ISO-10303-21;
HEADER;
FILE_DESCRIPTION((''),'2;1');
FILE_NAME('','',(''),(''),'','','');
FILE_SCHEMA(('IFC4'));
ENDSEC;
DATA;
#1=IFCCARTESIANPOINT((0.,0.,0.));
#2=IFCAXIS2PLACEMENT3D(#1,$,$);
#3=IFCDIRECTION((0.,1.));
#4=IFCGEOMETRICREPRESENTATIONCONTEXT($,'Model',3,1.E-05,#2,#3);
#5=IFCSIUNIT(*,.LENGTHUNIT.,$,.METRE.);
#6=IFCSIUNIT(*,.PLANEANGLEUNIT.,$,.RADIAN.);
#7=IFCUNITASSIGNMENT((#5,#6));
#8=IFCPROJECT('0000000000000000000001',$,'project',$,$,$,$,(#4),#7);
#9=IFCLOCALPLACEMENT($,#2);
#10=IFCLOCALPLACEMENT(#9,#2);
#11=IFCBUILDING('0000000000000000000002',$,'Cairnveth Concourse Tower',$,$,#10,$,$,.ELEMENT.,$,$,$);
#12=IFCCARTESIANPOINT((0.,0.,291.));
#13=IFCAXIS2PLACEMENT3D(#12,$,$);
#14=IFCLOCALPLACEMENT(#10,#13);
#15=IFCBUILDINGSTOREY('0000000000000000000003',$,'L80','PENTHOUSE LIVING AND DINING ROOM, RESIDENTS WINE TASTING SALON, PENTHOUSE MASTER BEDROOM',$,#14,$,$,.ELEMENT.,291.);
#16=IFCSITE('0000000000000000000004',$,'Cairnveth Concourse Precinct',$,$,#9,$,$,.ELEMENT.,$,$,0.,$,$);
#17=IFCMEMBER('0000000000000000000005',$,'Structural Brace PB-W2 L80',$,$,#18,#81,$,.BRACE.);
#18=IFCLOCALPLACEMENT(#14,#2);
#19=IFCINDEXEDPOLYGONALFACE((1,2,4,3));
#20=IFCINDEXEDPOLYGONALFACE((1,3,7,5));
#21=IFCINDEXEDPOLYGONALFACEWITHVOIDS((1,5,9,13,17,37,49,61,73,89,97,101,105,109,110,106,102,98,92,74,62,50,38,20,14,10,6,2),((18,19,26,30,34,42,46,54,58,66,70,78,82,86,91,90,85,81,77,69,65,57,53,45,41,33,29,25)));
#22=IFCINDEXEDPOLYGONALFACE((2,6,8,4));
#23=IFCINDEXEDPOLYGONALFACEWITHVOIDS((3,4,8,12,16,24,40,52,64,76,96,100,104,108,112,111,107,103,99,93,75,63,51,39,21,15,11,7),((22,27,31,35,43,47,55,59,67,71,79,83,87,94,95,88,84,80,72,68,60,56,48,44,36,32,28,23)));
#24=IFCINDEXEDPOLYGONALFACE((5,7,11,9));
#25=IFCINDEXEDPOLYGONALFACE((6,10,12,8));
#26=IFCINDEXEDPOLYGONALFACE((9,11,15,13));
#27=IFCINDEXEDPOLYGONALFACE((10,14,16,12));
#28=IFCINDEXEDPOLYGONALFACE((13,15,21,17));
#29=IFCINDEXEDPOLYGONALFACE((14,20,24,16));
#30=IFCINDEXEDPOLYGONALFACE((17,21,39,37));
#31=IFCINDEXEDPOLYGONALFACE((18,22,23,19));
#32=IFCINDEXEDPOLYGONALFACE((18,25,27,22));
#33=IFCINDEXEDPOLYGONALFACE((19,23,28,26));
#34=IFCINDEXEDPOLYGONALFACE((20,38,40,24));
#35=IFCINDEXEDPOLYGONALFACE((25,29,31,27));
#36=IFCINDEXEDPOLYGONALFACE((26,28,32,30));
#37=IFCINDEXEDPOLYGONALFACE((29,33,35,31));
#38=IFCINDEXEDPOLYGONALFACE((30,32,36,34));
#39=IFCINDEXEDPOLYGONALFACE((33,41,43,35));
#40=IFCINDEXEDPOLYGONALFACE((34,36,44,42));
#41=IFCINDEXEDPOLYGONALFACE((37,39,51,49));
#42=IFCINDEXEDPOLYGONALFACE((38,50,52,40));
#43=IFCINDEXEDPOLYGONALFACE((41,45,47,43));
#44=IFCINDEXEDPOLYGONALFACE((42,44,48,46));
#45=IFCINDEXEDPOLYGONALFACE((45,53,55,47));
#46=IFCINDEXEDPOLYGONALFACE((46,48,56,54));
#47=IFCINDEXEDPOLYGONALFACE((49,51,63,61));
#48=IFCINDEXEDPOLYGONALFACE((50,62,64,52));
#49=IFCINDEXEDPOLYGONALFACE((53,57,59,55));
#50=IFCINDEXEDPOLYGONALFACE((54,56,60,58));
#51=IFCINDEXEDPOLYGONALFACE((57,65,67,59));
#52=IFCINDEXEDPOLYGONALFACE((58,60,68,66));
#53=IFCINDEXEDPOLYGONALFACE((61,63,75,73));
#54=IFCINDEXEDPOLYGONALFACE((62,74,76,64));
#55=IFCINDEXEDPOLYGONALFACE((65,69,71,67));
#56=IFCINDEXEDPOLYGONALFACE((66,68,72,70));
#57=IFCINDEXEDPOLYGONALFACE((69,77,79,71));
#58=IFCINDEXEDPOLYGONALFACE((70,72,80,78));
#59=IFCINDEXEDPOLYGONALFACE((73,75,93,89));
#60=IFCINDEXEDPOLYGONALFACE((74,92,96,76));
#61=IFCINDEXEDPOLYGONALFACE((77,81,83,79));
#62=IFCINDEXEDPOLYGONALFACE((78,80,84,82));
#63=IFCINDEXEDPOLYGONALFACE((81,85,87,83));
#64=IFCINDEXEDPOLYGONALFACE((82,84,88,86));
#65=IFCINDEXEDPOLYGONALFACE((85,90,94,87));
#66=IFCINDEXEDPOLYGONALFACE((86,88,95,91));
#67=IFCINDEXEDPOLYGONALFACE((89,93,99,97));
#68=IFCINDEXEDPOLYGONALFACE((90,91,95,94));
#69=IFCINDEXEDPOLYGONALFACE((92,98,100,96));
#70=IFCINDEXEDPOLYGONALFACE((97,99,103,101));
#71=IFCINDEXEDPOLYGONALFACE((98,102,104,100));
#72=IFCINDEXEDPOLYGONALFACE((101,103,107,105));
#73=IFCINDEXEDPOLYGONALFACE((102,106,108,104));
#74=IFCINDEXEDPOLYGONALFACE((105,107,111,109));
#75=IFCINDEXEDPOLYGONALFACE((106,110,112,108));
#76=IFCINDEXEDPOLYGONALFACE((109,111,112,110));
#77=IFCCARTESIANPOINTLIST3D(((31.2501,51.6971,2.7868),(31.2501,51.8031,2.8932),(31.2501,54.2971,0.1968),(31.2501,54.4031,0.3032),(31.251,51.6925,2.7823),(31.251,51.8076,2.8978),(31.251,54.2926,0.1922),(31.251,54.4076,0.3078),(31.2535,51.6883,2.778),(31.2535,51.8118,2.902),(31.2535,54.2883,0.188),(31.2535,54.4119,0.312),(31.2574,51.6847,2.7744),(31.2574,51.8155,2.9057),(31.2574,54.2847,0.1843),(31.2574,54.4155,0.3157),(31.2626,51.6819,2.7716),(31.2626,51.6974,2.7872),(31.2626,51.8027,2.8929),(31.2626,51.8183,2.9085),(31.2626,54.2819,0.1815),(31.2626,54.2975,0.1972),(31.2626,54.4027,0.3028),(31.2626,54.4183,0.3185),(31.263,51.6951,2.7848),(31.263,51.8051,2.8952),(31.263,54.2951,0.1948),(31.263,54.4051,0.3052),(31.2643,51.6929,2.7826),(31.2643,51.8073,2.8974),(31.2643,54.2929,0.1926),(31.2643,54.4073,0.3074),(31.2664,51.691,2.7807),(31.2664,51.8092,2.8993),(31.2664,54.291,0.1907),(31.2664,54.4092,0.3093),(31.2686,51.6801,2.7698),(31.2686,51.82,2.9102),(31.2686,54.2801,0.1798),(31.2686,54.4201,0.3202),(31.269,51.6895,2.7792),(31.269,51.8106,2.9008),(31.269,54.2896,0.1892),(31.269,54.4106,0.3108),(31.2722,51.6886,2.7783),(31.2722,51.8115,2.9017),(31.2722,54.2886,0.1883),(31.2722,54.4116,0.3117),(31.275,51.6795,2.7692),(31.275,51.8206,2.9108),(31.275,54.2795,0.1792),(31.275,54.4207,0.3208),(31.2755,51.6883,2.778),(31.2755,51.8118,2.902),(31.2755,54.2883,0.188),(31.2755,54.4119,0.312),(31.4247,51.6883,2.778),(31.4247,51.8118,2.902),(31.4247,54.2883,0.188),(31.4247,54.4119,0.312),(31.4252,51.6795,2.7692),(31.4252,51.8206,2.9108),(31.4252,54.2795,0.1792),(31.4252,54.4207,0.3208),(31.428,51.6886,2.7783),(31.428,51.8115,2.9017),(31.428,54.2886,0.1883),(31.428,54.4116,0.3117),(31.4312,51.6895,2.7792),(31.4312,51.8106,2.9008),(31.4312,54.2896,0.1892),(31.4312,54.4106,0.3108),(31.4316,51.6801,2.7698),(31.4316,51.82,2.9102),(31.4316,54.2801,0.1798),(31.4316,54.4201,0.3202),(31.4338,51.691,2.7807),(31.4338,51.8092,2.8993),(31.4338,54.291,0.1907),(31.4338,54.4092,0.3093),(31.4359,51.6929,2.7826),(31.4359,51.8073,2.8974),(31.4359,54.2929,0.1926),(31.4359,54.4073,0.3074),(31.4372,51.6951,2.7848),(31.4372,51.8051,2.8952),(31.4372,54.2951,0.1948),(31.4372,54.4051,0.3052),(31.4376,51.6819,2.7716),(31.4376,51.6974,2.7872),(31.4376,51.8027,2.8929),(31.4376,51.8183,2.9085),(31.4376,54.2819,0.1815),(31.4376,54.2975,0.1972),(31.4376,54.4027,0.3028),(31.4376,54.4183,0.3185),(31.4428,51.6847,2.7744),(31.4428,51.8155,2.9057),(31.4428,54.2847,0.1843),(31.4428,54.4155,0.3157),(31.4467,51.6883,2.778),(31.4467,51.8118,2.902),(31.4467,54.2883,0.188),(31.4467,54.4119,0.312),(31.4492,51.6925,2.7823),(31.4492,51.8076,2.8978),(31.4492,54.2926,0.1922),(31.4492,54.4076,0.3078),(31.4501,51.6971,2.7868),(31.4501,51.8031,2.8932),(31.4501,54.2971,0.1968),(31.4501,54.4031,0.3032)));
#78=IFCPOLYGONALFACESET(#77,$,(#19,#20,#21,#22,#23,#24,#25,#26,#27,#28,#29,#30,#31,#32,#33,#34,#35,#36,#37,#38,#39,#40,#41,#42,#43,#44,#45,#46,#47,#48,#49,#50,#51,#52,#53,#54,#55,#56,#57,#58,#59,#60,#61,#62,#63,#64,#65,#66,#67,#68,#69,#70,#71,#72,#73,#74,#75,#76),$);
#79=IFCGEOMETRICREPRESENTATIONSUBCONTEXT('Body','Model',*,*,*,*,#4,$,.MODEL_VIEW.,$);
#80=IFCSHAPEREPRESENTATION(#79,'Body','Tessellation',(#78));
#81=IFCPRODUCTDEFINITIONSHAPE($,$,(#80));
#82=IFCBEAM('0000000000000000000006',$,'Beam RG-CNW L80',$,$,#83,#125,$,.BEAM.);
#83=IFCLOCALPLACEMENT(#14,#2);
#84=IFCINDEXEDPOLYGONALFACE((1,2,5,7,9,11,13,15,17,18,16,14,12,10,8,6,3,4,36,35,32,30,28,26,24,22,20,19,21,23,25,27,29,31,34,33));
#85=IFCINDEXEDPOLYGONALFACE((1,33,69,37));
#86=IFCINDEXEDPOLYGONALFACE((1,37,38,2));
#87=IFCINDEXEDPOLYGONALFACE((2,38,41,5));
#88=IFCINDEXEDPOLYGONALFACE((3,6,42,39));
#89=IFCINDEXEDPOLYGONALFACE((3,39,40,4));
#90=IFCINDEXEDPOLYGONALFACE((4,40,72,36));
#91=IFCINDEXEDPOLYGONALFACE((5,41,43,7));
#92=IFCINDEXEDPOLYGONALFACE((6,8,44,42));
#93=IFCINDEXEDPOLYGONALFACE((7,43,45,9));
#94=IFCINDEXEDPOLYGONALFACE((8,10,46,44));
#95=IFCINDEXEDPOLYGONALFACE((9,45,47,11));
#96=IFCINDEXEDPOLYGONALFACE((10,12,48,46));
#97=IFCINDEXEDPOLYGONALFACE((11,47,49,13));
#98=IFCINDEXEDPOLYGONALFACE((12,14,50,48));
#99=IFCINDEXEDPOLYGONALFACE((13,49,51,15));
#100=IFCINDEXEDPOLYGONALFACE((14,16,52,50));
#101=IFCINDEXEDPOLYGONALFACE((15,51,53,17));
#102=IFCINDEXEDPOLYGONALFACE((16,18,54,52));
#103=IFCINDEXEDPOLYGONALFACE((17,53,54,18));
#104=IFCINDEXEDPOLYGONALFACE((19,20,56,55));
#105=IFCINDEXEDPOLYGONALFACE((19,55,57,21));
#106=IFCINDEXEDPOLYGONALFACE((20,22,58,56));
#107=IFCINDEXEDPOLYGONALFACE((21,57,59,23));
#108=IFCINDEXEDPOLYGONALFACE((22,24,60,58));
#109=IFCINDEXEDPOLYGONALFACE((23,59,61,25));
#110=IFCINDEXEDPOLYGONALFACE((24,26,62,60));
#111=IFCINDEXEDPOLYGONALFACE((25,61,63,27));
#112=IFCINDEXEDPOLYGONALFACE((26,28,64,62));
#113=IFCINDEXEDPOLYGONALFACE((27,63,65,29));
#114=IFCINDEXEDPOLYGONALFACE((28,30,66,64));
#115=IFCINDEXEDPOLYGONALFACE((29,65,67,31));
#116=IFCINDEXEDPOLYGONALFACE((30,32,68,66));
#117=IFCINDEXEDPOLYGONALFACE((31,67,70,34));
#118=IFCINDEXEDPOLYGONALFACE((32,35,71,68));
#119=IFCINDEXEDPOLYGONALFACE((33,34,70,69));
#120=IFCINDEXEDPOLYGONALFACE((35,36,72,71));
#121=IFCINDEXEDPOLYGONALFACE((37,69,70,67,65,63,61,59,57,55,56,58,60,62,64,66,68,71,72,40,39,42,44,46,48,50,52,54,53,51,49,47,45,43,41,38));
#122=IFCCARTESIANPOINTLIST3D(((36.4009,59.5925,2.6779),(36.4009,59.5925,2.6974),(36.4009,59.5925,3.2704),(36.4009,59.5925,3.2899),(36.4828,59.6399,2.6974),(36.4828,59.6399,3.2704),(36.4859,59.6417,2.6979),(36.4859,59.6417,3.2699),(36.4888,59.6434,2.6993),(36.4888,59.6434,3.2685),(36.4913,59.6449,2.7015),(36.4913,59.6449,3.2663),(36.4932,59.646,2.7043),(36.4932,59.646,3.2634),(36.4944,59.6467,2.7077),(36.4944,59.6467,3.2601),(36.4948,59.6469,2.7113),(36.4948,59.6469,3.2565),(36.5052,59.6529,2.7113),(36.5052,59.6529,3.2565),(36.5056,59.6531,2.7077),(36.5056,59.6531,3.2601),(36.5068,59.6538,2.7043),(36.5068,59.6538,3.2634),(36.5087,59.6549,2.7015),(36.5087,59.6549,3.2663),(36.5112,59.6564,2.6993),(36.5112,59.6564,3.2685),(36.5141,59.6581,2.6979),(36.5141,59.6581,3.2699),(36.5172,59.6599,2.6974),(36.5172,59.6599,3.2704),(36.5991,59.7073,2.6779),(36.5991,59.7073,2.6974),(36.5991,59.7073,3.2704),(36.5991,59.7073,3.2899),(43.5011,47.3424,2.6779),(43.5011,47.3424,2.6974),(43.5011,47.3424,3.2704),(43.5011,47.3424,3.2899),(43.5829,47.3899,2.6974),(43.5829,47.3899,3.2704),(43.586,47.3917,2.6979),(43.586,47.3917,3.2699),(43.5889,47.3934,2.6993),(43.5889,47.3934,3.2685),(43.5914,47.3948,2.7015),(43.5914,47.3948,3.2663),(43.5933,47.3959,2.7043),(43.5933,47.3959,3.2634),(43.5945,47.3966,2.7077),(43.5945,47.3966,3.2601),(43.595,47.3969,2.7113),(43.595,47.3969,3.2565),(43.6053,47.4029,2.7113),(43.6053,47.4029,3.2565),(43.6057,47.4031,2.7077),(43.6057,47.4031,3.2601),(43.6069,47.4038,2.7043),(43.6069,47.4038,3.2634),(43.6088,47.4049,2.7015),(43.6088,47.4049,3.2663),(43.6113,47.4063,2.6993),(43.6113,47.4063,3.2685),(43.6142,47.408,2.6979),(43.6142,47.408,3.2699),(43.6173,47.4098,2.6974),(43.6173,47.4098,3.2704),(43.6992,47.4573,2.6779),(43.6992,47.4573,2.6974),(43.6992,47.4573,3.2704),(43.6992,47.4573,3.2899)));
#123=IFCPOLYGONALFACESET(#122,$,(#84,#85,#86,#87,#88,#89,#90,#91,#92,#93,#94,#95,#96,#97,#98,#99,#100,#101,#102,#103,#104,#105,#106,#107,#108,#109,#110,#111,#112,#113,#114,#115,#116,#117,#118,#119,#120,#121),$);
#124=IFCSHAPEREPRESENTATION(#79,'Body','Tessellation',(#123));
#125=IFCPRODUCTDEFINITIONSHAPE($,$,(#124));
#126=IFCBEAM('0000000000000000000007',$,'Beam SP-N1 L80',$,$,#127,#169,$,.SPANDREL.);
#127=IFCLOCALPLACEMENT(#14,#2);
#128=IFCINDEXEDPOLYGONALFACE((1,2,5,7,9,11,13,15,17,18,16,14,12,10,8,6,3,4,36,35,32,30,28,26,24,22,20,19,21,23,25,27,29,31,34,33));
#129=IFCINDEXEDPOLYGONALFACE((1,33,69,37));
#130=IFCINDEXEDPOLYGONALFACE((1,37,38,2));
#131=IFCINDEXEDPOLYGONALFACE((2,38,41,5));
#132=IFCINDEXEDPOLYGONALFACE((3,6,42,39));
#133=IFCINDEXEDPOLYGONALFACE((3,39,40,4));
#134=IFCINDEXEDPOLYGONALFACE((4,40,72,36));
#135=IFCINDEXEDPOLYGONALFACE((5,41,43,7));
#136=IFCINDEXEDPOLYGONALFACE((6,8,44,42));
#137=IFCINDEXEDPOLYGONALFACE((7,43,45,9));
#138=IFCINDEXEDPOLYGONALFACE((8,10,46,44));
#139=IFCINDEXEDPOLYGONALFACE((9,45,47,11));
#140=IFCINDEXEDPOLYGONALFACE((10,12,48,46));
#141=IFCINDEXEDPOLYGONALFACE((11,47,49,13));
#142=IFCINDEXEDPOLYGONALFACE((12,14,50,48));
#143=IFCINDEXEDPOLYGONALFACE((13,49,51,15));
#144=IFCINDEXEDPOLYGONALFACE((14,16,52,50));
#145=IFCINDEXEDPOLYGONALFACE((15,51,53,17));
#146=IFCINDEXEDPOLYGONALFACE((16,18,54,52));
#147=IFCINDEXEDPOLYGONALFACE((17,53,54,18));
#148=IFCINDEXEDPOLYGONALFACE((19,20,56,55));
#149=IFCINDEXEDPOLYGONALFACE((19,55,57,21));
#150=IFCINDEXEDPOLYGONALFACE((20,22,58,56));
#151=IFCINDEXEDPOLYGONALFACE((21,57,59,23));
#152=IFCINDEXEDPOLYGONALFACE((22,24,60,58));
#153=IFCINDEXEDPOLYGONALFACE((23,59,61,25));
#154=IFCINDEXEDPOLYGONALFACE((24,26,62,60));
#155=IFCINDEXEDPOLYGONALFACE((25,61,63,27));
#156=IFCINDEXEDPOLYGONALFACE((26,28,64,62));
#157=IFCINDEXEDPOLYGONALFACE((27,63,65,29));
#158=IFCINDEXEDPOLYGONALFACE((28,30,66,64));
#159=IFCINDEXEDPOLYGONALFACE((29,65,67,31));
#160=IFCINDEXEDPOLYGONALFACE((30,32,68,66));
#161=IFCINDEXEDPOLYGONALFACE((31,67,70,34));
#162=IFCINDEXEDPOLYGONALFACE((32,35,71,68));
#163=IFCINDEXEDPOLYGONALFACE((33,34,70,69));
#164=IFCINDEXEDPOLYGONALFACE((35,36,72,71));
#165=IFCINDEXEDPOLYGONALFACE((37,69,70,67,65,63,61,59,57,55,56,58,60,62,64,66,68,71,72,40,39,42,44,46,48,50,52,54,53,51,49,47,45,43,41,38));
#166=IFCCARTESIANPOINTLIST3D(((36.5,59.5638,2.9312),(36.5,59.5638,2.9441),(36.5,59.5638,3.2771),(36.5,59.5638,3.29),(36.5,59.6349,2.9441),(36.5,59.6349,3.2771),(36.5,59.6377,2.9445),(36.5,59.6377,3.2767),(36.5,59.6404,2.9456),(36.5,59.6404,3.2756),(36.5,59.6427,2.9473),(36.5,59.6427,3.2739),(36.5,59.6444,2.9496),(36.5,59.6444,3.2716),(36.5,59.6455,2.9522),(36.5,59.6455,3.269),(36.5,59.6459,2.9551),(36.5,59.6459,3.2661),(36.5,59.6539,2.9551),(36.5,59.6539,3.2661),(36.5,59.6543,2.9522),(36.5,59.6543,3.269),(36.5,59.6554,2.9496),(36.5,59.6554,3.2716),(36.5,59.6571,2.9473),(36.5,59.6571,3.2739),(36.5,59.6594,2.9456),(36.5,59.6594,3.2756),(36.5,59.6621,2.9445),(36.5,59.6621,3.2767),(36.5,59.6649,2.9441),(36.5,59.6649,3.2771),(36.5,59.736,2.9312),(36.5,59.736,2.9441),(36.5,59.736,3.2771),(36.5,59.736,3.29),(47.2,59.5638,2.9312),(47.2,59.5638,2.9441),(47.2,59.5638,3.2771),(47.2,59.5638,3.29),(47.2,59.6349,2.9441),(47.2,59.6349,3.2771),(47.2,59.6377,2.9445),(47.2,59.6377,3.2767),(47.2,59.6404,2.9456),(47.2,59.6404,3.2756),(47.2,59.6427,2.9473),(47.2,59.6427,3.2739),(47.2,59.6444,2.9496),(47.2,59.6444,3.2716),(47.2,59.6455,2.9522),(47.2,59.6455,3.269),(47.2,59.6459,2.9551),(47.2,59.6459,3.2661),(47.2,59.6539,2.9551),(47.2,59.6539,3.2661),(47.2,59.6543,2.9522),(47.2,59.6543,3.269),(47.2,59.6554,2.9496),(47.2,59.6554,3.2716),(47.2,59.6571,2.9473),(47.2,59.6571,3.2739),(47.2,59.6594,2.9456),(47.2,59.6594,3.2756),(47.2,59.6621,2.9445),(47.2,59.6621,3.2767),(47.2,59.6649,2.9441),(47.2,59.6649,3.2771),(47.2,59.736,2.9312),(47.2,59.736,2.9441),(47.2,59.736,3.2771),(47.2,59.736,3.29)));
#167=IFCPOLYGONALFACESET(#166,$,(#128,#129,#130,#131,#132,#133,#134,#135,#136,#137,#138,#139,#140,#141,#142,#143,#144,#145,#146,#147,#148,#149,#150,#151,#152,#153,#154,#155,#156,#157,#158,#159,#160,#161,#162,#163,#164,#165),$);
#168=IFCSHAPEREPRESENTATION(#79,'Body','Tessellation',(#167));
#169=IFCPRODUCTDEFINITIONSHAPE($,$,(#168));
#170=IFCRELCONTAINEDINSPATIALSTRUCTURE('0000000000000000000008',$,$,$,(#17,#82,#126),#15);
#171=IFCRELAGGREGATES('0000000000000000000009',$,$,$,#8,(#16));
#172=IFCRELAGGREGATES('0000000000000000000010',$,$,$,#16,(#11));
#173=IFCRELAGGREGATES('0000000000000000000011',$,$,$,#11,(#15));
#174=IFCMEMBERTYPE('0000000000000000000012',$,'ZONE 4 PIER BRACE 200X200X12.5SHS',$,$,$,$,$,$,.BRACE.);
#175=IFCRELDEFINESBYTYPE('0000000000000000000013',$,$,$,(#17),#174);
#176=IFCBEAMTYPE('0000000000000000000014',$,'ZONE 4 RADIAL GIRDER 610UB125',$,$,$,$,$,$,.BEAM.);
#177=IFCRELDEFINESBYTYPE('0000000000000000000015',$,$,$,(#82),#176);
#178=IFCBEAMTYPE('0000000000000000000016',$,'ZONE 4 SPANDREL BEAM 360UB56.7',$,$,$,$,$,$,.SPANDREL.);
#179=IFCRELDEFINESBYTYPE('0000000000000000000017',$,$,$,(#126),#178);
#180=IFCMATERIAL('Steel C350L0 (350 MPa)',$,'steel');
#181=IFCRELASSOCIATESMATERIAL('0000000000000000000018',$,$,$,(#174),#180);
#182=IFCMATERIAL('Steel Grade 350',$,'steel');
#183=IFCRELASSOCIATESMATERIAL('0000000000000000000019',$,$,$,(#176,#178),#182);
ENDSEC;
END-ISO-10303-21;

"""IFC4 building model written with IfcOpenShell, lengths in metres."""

from ifc_helpers import new_model, si_unit, direction, frame, origin, origin_2d, place, context, subcontext, project, spatial, hollow_rectangle, i_section, extrude, material, material_profile, profile_set, type_object, element, save


model = new_model("IFC4")

# Units and contexts
model_context = context("Model", 3, precision=1e-05, world=origin(), true_north=direction((0.0, 1.0)))
body_context = subcontext(model_context, "Body", "Model", "MODEL_VIEW")
ifc_project = project(units=[si_unit("LENGTHUNIT", "METRE"), si_unit("PLANEANGLEUNIT", "RADIAN")], contexts=[model_context])

# Site, building, storey
site_placement = place(None, origin())
site = spatial("IfcSite", under=ifc_project, at=site_placement, Name="Cairnveth Concourse Precinct", CompositionType="ELEMENT", RefElevation=0.0)
building_placement = place(site_placement, origin())
building = spatial("IfcBuilding", under=site, at=building_placement, Name="Cairnveth Concourse Tower", CompositionType="ELEMENT")
storey_placement = place(building_placement, frame((0.0, 0.0, 291.0)))
storey = spatial("IfcBuildingStorey", under=building, at=storey_placement, Name="L80", Description="PENTHOUSE LIVING AND DINING ROOM, RESIDENTS WINE TASTING SALON, PENTHOUSE MASTER BEDROOM", CompositionType="ELEMENT", Elevation=291.0)

# Shared definitions
ifc_material_1 = material(Name="Steel Grade 350", Category="steel")

# Member
ifc_material_2 = material(Name="Steel C350L0 (350 MPa)", Category="steel")
ifc_material_profile_1 = material_profile(ifc_material_2, hollow_rectangle(XDim=0.2, YDim=0.2, WallThickness=0.0125, InnerFilletRadius=0.0129, OuterFilletRadius=0.0249, at=origin_2d()), Name="200x200x12.5SHS")
ifc_profile_set_1 = profile_set([ifc_material_profile_1], Name="Steel C350L0 (350 MPa)")
member_type = type_object("IfcMemberType", Name="ZONE 4 PIER BRACE 200X200X12.5SHS", PredefinedType="BRACE", material=ifc_profile_set_1)
member_placement = place(storey_placement, frame((31.3501, 54.3501, 0.25), z_axis=(0.0, -0.708469, 0.705742), x_axis=(1.0, 0.0, 0.0)))
element("IfcMember", 1, at=member_placement, inside=storey, type_object=member_type, Name="Structural Brace PB-W2 L80", PredefinedType="BRACE", context=body_context, shape_type="SweptSolid", body=[
    extrude(hollow_rectangle(XDim=0.2, YDim=0.2, WallThickness=0.0125, InnerFilletRadius=0.0129, OuterFilletRadius=0.0249, at=origin_2d()), origin(), (0.0, 0.0, 1.0), 3.6699),
])

# Beams
ifc_material_profile_2 = material_profile(ifc_material_1, i_section(OverallWidth=0.229, OverallDepth=0.6121, WebThickness=0.012, FlangeThickness=0.0195, FilletRadius=0.0139, at=origin_2d()), Name="610UB125")
ifc_profile_set_2 = profile_set([ifc_material_profile_2], Name="Steel Grade 350")
beam_type_1 = type_object("IfcBeamType", Name="ZONE 4 RADIAL GIRDER 610UB125", PredefinedType="BEAM", material=ifc_profile_set_2)
beam_1_placement = place(storey_placement, frame((36.5, 59.6499, 2.9839), z_axis=(0.501459, -0.865181, 0.0), x_axis=(0.865181, 0.501459, 0.0)))
element("IfcBeam", 2, at=beam_1_placement, inside=storey, type_object=beam_type_1, Name="Beam RG-CNW L80", PredefinedType="BEAM", context=body_context, shape_type="SweptSolid", body=[
    extrude(i_section(OverallWidth=0.229, OverallDepth=0.6121, WebThickness=0.012, FlangeThickness=0.0195, FilletRadius=0.0139, at=origin_2d()), origin(), (0.0, 0.0, 1.0), 14.1589),
])
ifc_material_profile_3 = material_profile(ifc_material_1, i_section(OverallWidth=0.1721, OverallDepth=0.3589, WebThickness=0.0081, FlangeThickness=0.0129, FilletRadius=0.011, at=origin_2d()), Name="360UB56.7")
ifc_profile_set_3 = profile_set([ifc_material_profile_3], Name="Steel Grade 350")
beam_type_2 = type_object("IfcBeamType", Name="ZONE 4 SPANDREL BEAM 360UB56.7", PredefinedType="SPANDREL", material=ifc_profile_set_3)
beam_2_placement = place(storey_placement, frame((36.5, 59.6499, 3.1106), z_axis=(1.0, 0.0, 0.0), x_axis=(0.0, 1.0, 0.0)))
element("IfcBeam", 3, at=beam_2_placement, inside=storey, type_object=beam_type_2, Name="Beam SP-N1 L80", PredefinedType="SPANDREL", context=body_context, shape_type="SweptSolid", body=[
    extrude(i_section(OverallWidth=0.1721, OverallDepth=0.3589, WebThickness=0.0081, FlangeThickness=0.0129, FilletRadius=0.011, at=origin_2d()), origin(), (0.0, 0.0, 1.0), 10.7),
])

save(model, "model.ifc")
